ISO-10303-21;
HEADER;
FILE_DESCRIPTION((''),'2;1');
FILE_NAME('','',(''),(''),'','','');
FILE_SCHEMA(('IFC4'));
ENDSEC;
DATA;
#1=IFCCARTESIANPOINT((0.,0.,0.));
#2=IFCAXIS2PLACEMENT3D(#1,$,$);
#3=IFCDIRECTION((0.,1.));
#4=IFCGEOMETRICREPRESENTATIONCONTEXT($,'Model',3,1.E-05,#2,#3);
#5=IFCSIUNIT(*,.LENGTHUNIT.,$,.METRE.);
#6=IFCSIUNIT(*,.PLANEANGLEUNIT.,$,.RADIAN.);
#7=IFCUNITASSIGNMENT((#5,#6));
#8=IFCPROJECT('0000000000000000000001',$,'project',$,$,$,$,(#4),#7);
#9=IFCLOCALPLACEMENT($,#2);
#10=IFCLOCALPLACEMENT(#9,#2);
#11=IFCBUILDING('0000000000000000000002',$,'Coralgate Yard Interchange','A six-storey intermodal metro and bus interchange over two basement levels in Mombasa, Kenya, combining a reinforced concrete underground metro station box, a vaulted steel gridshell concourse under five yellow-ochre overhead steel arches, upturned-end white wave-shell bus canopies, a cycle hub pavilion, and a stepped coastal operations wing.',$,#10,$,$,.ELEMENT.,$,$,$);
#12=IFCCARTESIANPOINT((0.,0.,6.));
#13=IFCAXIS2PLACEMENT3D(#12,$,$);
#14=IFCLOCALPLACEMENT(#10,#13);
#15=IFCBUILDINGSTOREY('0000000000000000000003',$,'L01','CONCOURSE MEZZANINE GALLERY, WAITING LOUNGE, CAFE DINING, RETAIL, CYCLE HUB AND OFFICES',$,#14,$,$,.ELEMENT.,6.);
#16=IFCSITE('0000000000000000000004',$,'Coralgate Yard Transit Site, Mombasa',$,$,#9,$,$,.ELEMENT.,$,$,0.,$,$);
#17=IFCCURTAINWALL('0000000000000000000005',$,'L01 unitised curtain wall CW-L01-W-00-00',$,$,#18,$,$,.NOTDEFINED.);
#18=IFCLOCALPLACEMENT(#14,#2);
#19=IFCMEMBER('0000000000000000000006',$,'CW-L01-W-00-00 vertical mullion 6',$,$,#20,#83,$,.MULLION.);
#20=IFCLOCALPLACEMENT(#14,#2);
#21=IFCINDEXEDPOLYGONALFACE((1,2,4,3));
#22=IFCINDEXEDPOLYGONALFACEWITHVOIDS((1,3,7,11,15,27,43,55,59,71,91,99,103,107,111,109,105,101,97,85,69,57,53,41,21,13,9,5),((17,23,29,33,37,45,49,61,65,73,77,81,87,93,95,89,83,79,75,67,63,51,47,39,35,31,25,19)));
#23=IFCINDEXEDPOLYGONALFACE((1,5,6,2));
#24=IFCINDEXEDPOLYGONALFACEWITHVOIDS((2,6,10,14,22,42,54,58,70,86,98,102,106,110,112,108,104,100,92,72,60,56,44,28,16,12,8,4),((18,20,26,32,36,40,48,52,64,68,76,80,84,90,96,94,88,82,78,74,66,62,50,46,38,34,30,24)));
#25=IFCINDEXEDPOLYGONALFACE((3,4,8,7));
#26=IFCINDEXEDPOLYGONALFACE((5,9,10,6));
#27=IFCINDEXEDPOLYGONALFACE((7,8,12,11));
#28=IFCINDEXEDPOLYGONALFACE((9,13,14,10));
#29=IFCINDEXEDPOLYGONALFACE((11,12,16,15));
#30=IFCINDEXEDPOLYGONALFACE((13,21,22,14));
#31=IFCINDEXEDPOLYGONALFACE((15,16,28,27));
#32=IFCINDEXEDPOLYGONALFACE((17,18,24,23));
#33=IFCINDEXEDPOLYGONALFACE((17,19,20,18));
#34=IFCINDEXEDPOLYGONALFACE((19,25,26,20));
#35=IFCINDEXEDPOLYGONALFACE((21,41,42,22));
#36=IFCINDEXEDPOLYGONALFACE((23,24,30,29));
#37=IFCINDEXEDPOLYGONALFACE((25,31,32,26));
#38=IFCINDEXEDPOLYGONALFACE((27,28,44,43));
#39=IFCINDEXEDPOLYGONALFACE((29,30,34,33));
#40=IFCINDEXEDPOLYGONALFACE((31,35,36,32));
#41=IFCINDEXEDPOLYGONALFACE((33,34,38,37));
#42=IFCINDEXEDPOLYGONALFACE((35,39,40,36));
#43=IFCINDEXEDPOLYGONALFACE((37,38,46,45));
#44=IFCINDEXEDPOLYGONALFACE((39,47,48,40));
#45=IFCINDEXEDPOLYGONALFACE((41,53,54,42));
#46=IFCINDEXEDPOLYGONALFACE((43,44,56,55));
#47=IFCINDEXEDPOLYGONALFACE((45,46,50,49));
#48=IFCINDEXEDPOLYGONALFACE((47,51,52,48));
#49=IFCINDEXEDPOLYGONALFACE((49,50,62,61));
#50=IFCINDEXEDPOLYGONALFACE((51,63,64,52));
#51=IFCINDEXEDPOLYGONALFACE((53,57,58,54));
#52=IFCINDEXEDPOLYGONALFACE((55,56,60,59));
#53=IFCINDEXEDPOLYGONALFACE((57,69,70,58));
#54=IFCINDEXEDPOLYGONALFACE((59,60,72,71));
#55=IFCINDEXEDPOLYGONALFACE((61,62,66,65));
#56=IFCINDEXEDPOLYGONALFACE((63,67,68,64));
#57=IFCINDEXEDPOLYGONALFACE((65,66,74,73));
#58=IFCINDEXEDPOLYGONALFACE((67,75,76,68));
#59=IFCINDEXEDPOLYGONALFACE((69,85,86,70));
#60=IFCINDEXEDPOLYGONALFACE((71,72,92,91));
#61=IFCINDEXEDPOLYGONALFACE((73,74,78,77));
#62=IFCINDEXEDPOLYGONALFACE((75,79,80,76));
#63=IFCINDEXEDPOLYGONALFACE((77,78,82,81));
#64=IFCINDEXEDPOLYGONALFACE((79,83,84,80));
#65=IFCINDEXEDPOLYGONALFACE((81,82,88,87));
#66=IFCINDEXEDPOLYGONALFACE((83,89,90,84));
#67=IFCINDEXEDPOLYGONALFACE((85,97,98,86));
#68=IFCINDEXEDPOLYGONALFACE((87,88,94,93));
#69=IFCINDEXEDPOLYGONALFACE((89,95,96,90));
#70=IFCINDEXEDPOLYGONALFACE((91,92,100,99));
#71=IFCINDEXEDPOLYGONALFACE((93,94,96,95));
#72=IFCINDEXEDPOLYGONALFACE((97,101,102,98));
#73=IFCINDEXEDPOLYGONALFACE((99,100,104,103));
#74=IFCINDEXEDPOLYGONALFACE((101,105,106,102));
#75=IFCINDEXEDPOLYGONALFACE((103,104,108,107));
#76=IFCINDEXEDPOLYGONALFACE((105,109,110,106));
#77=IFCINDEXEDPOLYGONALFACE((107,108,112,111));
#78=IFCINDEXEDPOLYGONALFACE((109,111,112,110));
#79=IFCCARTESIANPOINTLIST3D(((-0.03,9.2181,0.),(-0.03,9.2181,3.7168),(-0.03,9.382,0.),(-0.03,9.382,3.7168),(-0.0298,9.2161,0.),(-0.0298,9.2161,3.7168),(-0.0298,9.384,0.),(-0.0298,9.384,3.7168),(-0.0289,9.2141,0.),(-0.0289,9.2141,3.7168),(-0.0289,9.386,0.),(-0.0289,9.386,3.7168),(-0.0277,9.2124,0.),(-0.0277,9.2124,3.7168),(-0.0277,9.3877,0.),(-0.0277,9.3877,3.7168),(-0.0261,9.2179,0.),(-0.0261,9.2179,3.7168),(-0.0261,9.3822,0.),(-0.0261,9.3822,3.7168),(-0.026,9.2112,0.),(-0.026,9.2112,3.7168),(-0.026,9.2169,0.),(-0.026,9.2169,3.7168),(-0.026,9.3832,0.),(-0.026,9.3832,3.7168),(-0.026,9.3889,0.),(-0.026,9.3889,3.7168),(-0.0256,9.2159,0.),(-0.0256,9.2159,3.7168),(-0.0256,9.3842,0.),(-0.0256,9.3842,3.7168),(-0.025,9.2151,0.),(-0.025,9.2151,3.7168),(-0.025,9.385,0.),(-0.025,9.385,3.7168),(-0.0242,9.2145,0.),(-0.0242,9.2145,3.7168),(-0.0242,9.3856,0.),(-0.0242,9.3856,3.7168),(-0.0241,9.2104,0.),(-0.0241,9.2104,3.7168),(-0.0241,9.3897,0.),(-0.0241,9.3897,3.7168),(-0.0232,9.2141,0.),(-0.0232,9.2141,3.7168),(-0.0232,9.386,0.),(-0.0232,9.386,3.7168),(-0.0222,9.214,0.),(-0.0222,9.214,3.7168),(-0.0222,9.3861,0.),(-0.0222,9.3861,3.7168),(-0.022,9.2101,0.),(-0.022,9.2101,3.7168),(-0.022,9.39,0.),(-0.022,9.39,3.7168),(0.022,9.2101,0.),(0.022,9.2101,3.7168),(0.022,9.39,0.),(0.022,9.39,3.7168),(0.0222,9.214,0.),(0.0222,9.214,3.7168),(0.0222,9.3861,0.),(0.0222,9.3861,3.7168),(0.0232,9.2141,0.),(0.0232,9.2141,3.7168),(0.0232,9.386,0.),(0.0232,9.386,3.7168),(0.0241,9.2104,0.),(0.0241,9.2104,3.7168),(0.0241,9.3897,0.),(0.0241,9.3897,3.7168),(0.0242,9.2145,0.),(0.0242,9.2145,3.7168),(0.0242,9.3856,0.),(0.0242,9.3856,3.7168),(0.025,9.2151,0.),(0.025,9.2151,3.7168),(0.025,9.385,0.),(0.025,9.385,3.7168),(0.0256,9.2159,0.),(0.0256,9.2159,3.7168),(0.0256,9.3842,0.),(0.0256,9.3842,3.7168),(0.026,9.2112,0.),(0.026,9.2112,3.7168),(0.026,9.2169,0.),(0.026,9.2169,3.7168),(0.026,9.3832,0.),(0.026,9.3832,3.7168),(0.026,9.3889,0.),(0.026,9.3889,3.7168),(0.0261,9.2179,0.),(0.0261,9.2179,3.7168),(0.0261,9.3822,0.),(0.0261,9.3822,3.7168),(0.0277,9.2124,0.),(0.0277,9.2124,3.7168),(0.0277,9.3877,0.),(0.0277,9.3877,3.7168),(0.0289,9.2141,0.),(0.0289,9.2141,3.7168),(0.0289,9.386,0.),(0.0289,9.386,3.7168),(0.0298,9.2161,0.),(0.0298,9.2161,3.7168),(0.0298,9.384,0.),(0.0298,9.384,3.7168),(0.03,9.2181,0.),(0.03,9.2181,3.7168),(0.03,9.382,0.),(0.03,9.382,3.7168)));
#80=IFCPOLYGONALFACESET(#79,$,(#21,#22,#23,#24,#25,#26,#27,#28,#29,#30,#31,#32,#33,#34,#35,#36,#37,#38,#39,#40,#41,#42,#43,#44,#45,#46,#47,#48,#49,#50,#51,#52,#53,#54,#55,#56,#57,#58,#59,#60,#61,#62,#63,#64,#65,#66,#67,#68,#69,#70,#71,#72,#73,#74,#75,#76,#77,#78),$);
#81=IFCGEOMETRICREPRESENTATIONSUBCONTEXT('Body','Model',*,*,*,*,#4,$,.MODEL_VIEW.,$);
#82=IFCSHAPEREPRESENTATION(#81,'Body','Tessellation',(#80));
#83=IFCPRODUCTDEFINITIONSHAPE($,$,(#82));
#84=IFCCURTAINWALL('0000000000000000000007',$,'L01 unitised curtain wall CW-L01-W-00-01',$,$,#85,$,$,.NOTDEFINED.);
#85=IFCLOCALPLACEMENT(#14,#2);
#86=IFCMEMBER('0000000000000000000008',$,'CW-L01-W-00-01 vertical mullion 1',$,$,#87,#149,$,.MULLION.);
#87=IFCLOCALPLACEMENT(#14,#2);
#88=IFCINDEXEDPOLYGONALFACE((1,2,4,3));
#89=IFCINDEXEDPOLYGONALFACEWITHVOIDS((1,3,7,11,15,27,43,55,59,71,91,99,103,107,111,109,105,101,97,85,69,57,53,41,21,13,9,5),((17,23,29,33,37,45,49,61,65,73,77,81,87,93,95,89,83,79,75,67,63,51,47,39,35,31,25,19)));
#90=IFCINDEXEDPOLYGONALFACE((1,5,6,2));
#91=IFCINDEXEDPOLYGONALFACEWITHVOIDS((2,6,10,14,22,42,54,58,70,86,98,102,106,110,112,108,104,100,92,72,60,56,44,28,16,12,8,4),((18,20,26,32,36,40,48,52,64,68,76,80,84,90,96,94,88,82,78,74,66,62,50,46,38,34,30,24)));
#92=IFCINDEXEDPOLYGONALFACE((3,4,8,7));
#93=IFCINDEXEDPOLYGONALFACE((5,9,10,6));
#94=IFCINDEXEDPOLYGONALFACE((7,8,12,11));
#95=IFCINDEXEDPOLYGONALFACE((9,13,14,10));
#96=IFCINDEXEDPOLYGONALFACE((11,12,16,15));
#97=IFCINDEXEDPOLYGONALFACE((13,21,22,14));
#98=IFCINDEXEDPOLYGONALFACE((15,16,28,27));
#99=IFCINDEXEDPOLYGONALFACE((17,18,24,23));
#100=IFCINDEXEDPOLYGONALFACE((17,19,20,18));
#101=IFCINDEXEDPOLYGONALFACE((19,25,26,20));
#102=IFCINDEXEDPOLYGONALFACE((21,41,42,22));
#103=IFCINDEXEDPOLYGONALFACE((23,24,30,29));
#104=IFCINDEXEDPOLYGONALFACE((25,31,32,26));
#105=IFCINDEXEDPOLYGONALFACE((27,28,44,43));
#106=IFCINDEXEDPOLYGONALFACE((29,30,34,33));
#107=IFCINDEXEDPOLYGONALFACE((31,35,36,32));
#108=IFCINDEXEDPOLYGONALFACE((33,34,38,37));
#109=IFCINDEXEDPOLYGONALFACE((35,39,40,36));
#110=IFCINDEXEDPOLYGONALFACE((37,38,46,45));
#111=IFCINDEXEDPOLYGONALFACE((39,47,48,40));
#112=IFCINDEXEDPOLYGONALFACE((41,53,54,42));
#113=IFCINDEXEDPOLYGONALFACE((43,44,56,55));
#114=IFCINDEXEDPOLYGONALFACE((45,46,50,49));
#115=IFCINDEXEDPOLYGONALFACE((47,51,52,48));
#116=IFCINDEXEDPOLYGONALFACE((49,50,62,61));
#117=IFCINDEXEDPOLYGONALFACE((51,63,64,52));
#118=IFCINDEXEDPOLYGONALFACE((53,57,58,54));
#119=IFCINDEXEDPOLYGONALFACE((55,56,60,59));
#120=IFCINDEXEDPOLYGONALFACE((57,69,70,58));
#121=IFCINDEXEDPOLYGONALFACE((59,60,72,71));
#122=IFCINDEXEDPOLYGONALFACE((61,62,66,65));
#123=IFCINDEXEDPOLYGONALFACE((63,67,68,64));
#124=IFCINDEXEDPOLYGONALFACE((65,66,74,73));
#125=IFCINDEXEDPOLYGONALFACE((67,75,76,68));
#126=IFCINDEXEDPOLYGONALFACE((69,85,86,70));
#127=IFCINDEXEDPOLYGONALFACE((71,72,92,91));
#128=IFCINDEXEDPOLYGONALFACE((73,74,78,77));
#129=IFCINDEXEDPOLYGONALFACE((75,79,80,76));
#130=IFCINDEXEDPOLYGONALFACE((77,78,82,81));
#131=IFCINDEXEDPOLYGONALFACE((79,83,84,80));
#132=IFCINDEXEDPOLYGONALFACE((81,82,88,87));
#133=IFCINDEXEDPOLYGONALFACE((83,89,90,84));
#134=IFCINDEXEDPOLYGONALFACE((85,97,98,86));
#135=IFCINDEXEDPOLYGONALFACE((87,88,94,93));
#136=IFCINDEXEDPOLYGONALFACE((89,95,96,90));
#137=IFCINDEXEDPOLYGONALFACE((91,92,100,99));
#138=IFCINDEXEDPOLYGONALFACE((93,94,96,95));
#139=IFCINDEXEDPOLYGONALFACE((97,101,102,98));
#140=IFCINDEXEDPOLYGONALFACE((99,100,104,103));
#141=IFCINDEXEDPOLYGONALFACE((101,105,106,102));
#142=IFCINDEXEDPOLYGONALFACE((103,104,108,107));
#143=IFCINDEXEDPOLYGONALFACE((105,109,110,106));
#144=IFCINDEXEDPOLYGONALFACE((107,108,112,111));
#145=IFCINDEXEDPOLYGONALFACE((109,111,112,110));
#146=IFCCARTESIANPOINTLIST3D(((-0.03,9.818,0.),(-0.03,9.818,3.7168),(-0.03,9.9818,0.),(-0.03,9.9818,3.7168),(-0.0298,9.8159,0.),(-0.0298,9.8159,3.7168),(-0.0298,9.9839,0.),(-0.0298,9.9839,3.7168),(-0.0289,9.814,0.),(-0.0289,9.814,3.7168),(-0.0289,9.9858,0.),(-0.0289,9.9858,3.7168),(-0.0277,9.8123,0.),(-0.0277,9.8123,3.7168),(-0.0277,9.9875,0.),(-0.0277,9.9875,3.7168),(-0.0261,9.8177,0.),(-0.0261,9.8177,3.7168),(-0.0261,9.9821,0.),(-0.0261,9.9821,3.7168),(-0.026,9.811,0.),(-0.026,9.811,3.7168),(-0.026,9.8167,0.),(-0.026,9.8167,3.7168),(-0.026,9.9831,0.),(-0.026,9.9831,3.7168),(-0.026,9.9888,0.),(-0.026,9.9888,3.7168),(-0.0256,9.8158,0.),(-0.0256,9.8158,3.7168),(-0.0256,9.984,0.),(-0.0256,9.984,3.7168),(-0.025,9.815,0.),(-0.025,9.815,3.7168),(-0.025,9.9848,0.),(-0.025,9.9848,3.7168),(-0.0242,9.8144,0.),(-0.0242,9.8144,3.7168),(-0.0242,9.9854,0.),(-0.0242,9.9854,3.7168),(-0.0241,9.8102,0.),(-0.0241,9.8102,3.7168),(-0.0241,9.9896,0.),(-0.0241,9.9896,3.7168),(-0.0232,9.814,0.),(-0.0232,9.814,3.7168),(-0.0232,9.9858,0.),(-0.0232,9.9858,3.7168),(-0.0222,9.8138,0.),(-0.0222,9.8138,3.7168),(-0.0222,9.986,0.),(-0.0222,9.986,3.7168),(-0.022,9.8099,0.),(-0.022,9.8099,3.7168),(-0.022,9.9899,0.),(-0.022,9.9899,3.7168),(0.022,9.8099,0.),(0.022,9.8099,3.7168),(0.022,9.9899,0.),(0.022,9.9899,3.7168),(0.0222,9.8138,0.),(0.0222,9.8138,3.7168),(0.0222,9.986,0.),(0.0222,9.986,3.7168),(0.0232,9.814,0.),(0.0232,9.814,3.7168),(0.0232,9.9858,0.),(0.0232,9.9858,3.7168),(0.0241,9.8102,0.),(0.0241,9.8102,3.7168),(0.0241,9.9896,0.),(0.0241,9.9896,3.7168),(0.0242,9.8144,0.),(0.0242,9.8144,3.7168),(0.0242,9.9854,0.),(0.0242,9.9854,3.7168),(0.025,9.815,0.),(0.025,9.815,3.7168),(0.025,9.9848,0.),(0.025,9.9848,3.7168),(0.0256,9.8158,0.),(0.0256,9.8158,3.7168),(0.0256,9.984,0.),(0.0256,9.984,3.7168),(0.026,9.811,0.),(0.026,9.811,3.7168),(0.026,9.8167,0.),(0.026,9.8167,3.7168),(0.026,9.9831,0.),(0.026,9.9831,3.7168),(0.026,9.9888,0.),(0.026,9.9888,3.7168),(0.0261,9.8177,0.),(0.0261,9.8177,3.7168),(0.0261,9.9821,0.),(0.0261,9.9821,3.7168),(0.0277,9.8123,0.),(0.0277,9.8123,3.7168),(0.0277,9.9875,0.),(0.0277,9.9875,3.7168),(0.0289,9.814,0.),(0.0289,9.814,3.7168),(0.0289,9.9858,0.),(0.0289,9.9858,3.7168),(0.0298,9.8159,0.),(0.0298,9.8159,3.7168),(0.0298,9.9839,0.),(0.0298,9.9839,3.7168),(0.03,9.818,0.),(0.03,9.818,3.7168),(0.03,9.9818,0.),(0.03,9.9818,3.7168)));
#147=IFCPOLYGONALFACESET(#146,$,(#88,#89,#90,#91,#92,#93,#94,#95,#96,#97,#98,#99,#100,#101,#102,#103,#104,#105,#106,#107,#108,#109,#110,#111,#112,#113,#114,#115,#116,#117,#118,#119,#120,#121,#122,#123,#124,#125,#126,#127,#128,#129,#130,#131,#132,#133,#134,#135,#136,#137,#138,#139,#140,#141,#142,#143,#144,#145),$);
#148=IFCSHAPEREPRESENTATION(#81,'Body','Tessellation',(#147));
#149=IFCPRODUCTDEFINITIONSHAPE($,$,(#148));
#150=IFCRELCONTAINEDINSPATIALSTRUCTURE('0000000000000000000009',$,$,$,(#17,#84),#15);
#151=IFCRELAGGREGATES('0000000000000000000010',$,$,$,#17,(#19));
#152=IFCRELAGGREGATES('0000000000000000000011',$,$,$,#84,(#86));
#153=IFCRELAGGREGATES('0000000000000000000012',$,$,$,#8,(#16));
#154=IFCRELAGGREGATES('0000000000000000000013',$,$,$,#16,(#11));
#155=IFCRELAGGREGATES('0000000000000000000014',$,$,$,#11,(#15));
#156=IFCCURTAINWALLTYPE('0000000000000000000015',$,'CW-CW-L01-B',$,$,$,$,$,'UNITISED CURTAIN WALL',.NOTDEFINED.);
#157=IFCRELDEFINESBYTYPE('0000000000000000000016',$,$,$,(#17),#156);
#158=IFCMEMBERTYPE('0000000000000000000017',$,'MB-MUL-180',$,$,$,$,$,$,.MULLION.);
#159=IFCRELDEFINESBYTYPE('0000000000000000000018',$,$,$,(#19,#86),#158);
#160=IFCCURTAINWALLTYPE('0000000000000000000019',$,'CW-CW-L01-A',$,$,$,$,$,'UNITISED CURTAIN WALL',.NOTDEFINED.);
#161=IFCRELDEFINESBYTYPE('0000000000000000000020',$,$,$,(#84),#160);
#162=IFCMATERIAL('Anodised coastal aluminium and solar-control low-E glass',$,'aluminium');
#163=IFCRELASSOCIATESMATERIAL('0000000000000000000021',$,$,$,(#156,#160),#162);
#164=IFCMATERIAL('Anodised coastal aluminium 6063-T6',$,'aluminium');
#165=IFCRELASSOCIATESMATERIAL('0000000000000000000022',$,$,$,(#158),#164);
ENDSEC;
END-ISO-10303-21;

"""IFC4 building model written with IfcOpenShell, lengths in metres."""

from ifc_helpers import new_model, si_unit, direction, frame, origin, origin_2d, place, context, subcontext, project, spatial, hollow_rectangle, extrude, material, material_profile, profile_set, type_object, element, aggregate, save


model = new_model("IFC4")

# Units and contexts
model_context = context("Model", 3, precision=1e-05, world=origin(), true_north=direction((0.0, 1.0)))
body_context = subcontext(model_context, "Body", "Model", "MODEL_VIEW")
ifc_project = project(units=[si_unit("LENGTHUNIT", "METRE"), si_unit("PLANEANGLEUNIT", "RADIAN")], contexts=[model_context])

# Site, building, storey
site_placement = place(None, origin())
site = spatial("IfcSite", under=ifc_project, at=site_placement, Name="Coralgate Yard Transit Site, Mombasa", CompositionType="ELEMENT", RefElevation=0.0)
building_placement = place(site_placement, origin())
building = spatial("IfcBuilding", under=site, at=building_placement, Name="Coralgate Yard Interchange", Description="A six-storey intermodal metro and bus interchange over two basement levels in Mombasa, Kenya, combining a reinforced concrete underground metro station box, a vaulted steel gridshell concourse under five yellow-ochre overhead steel arches, upturned-end white wave-shell bus canopies, a cycle hub pavilion, and a stepped coastal operations wing.", CompositionType="ELEMENT")
storey_placement = place(building_placement, frame((0.0, 0.0, 6.0)))
storey = spatial("IfcBuildingStorey", under=building, at=storey_placement, Name="L01", Description="CONCOURSE MEZZANINE GALLERY, WAITING LOUNGE, CAFE DINING, RETAIL, CYCLE HUB AND OFFICES", CompositionType="ELEMENT", Elevation=6.0)

# Curtain walls, members
ifc_material_1 = material(Name="Anodised coastal aluminium and solar-control low-E glass", Category="aluminium")
curtain_wall_type_1 = type_object("IfcCurtainWallType", Name="CW-CW-L01-B", ElementType="UNITISED CURTAIN WALL", PredefinedType="NOTDEFINED", material=ifc_material_1)
curtain_wall_1_placement = place(storey_placement, origin())
curtain_wall_1 = element("IfcCurtainWall", 1, at=curtain_wall_1_placement, inside=storey, type_object=curtain_wall_type_1, Name="L01 unitised curtain wall CW-L01-W-00-00", PredefinedType="NOTDEFINED")
ifc_material_2 = material(Name="Anodised coastal aluminium 6063-T6", Category="aluminium")
ifc_material_profile_1 = material_profile(ifc_material_2, hollow_rectangle(XDim=0.0601, YDim=0.1799, WallThickness=0.0039, InnerFilletRadius=0.0039, OuterFilletRadius=0.0081, at=origin_2d()), Name="ALU 60x180x4")
ifc_profile_set_1 = profile_set([ifc_material_profile_1], Name="Anodised coastal aluminium 6063-T6")
member_type_1 = type_object("IfcMemberType", Name="MB-MUL-180", PredefinedType="MULLION", material=ifc_profile_set_1)
member_1_placement = place(storey_placement, frame((0.0, 9.3, 0.0), z_axis=(0.0, 0.0, 1.0), x_axis=(1.0, 0.0, 0.0)))
member_1 = element("IfcMember", 2, at=member_1_placement, type_object=member_type_1, Name="CW-L01-W-00-00 vertical mullion 6", PredefinedType="MULLION", context=body_context, shape_type="SweptSolid", body=[
    extrude(hollow_rectangle(XDim=0.0601, YDim=0.1799, WallThickness=0.0039, InnerFilletRadius=0.0039, OuterFilletRadius=0.0081, at=origin_2d()), origin(), (0.0, 0.0, 1.0), 3.7168),
])
curtain_wall_type_2 = type_object("IfcCurtainWallType", Name="CW-CW-L01-A", ElementType="UNITISED CURTAIN WALL", PredefinedType="NOTDEFINED", material=ifc_material_1)
curtain_wall_2_placement = place(storey_placement, origin())
curtain_wall_2 = element("IfcCurtainWall", 3, at=curtain_wall_2_placement, inside=storey, type_object=curtain_wall_type_2, Name="L01 unitised curtain wall CW-L01-W-00-01", PredefinedType="NOTDEFINED")
member_2_placement = place(storey_placement, frame((0.0, 9.8999, 0.0), z_axis=(0.0, 0.0, 1.0), x_axis=(1.0, 0.0, 0.0)))
member_2 = element("IfcMember", 4, at=member_2_placement, type_object=member_type_1, Name="CW-L01-W-00-01 vertical mullion 1", PredefinedType="MULLION", context=body_context, shape_type="SweptSolid", body=[
    extrude(hollow_rectangle(XDim=0.0601, YDim=0.1799, WallThickness=0.0039, InnerFilletRadius=0.0039, OuterFilletRadius=0.0081, at=origin_2d()), origin(), (0.0, 0.0, 1.0), 3.7168),
])

aggregate(curtain_wall_1, [member_1])
aggregate(curtain_wall_2, [member_2])

save(model, "model.ifc")
